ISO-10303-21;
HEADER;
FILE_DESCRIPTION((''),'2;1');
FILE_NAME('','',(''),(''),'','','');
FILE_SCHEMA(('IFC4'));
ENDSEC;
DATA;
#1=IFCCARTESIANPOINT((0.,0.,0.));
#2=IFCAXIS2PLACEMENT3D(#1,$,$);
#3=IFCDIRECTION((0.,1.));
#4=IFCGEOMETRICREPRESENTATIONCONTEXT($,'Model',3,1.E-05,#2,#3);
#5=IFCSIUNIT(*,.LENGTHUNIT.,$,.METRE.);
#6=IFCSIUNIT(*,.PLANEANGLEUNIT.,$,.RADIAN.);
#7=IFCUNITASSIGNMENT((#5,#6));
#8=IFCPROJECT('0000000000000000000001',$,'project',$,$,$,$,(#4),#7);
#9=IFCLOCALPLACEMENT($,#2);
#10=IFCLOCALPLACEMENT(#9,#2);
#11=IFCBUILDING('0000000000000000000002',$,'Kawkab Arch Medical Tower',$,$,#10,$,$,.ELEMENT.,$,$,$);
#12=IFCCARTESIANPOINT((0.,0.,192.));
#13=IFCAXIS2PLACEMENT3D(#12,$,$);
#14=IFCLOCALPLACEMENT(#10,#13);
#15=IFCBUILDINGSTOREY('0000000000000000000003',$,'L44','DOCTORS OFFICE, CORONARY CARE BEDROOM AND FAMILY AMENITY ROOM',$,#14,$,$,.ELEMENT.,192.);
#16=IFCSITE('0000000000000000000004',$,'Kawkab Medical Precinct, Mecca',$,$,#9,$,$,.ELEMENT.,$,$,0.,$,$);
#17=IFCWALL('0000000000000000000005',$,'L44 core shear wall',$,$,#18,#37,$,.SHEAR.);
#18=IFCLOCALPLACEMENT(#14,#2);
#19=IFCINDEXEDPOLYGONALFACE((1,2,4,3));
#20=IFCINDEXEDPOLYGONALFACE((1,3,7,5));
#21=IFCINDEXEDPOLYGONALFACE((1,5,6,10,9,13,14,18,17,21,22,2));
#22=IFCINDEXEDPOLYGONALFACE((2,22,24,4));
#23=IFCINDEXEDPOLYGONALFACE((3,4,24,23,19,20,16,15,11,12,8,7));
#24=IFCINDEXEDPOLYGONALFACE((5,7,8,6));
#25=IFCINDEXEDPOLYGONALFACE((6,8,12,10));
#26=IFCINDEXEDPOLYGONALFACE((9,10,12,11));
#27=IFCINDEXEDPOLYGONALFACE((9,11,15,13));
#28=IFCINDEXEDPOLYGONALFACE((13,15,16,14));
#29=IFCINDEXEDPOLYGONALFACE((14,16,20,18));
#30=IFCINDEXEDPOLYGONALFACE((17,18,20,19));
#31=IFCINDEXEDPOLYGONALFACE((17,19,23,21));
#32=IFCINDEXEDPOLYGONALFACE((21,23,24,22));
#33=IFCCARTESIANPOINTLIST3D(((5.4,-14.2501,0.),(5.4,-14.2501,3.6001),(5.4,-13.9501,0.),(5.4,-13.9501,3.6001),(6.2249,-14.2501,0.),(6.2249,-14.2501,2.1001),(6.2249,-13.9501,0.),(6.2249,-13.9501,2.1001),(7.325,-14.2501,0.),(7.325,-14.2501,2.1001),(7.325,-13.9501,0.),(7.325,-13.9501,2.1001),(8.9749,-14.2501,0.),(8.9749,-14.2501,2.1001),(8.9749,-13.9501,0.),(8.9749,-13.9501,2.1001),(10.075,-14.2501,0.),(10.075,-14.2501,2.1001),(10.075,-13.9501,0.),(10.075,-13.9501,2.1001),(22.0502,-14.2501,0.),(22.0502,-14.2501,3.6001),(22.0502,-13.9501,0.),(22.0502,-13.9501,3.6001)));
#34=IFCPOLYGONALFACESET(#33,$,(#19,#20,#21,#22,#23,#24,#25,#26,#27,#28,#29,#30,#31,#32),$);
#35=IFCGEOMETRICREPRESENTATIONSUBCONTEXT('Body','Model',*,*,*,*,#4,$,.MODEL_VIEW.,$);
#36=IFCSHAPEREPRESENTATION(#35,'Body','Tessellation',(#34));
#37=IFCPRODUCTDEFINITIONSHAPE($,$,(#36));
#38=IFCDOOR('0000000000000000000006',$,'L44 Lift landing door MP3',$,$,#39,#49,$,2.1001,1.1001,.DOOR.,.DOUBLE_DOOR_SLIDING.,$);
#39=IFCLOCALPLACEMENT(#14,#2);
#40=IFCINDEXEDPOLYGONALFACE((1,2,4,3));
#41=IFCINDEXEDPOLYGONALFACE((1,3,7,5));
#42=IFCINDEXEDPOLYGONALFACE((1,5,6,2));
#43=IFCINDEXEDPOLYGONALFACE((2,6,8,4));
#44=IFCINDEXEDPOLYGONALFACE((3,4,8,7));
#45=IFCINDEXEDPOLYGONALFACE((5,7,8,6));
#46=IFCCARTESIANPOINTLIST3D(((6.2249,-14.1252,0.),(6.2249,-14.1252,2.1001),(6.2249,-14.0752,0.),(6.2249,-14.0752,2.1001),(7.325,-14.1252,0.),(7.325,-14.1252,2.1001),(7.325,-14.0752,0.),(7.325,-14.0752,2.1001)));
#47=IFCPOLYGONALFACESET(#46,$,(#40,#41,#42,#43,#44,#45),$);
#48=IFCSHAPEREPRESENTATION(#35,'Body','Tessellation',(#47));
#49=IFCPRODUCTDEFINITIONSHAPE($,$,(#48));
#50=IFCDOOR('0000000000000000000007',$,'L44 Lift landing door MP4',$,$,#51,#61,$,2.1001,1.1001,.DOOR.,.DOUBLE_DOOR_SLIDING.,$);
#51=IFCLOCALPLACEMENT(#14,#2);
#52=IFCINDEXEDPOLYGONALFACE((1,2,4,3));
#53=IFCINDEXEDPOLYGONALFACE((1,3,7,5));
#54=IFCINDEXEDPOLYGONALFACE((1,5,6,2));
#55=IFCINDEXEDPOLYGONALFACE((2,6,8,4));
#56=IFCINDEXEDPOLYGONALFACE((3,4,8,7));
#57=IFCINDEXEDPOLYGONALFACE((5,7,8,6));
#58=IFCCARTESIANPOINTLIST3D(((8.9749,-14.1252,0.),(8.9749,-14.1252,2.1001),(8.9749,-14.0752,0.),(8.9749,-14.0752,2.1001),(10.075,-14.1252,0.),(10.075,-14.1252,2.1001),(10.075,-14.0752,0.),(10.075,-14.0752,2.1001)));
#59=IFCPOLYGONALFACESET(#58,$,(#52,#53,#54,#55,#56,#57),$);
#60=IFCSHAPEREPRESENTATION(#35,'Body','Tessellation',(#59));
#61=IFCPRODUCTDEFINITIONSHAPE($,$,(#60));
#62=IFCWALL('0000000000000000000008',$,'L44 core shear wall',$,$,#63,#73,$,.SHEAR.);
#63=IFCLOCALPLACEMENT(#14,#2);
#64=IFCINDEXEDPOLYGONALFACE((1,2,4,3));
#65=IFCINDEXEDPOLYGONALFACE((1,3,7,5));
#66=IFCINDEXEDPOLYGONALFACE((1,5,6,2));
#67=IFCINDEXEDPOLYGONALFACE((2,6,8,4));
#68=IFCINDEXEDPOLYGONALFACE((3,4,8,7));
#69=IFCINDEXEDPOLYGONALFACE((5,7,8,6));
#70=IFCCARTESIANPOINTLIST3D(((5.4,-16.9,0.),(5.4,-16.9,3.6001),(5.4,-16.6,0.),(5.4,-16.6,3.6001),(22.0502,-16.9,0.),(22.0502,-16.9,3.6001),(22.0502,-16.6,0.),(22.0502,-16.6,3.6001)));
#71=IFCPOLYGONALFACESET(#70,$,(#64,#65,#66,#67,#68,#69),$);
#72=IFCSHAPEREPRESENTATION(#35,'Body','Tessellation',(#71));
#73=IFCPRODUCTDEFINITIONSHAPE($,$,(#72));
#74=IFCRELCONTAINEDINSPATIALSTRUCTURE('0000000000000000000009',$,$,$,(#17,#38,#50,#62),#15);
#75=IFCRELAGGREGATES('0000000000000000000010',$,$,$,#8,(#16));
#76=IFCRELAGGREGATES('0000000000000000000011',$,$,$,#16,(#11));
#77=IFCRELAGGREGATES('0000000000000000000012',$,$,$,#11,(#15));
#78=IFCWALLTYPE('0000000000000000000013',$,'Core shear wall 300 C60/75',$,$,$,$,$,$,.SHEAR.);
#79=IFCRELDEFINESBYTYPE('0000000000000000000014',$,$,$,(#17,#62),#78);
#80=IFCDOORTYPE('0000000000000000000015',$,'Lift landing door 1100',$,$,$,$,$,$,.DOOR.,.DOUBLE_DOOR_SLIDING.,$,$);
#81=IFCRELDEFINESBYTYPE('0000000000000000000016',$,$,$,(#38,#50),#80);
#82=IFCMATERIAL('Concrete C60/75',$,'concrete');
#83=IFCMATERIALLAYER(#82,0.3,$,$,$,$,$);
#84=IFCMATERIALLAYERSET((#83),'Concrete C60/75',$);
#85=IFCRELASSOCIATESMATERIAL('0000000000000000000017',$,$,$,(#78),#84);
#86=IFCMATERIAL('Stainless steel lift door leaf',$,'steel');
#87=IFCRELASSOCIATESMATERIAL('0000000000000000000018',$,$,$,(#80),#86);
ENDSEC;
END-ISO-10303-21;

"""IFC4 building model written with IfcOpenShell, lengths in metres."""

from ifc_helpers import new_model, si_unit, direction, frame, frame_2d, origin, place, context, subcontext, project, spatial, rectangle, extrude, material, layer, layer_set, type_object, element, fill, save


model = new_model("IFC4")

# Units and contexts
model_context = context("Model", 3, precision=1e-05, world=origin(), true_north=direction((0.0, 1.0)))
body_context = subcontext(model_context, "Body", "Model", "MODEL_VIEW")
ifc_project = project(units=[si_unit("LENGTHUNIT", "METRE"), si_unit("PLANEANGLEUNIT", "RADIAN")], contexts=[model_context])

# Site, building, storey
site_placement = place(None, origin())
site = spatial("IfcSite", under=ifc_project, at=site_placement, Name="Kawkab Medical Precinct, Mecca", CompositionType="ELEMENT", RefElevation=0.0)
building_placement = place(site_placement, origin())
building = spatial("IfcBuilding", under=site, at=building_placement, Name="Kawkab Arch Medical Tower", CompositionType="ELEMENT")
storey_placement = place(building_placement, frame((0.0, 0.0, 192.0)))
storey = spatial("IfcBuildingStorey", under=building, at=storey_placement, Name="L44", Description="DOCTORS OFFICE, CORONARY CARE BEDROOM AND FAMILY AMENITY ROOM", CompositionType="ELEMENT", Elevation=192.0)

# Shared definitions
ifc_material_1 = material(Name="Concrete C60/75", Category="concrete")
ifc_layer_1 = layer(ifc_material_1, 0.3)
ifc_layer_set_1 = layer_set([ifc_layer_1], Name="Concrete C60/75")
wall_type_1 = type_object("IfcWallType", Name="Core shear wall 300 C60/75", PredefinedType="SHEAR", material=ifc_layer_set_1)

# Wall, openings, doors
ifc_material_2 = material(Name="Stainless steel lift door leaf", Category="steel")
door_type_1 = type_object("IfcDoorType", Name="Lift landing door 1100", OperationType="DOUBLE_DOOR_SLIDING", PredefinedType="DOOR", material=ifc_material_2)
wall_1_placement = place(storey_placement, frame((5.3999, -14.1001, 0.0), z_axis=(0.0, 0.0, 1.0), x_axis=(1.0, 0.0, 0.0)))
wall_1 = element("IfcWall", 1, at=wall_1_placement, inside=storey, type_object=wall_type_1, Name="L44 core shear wall", PredefinedType="SHEAR", context=body_context, shape_type="SweptSolid", body=[
    extrude(rectangle(XDim=16.6501, YDim=0.3, at=frame_2d((8.3252, 0.0))), origin(), (0.0, 0.0, 1.0), 3.6001),
])
opening_1_placement = place(wall_1_placement, frame((0.825, 0.0, 0.0)))
opening_1 = element("IfcOpeningElement", 2, at=opening_1_placement, cuts=wall_1, PredefinedType="OPENING", context=body_context, shape_type="SweptSolid", body=[
    extrude(rectangle(XDim=1.1001, YDim=2.1001, at=frame_2d((0.55, 1.05))), frame((0.0, 0.1599, 0.0), z_axis=(0.0, -1.0, 0.0), x_axis=(1.0, 0.0, 0.0)), (0.0, 0.0, 1.0), 0.3201),
])
opening_2_placement = place(wall_1_placement, frame((3.575, 0.0, 0.0)))
opening_2 = element("IfcOpeningElement", 3, at=opening_2_placement, cuts=wall_1, PredefinedType="OPENING", context=body_context, shape_type="SweptSolid", body=[
    extrude(rectangle(XDim=1.1001, YDim=2.1001, at=frame_2d((0.55, 1.05))), frame((0.0, 0.1599, 0.0), z_axis=(0.0, -1.0, 0.0), x_axis=(1.0, 0.0, 0.0)), (0.0, 0.0, 1.0), 0.3201),
])
door_1_placement = place(opening_1_placement, origin())
door_1 = element("IfcDoor", 4, at=door_1_placement, inside=storey, type_object=door_type_1, Name="L44 Lift landing door MP3", OperationType="DOUBLE_DOOR_SLIDING", OverallHeight=2.1001, OverallWidth=1.1001, PredefinedType="DOOR", context=body_context, shape_type="SweptSolid", body=[
    extrude(rectangle(XDim=1.1001, YDim=2.1001, at=frame_2d((0.55, 1.05))), frame((0.0, 0.0249, 0.0), z_axis=(0.0, -1.0, 0.0), x_axis=(1.0, 0.0, 0.0)), (0.0, 0.0, 1.0), 0.05),
])
fill(opening_1, door_1)
door_2_placement = place(opening_2_placement, origin())
door_2 = element("IfcDoor", 5, at=door_2_placement, inside=storey, type_object=door_type_1, Name="L44 Lift landing door MP4", OperationType="DOUBLE_DOOR_SLIDING", OverallHeight=2.1001, OverallWidth=1.1001, PredefinedType="DOOR", context=body_context, shape_type="SweptSolid", body=[
    extrude(rectangle(XDim=1.1001, YDim=2.1001, at=frame_2d((0.55, 1.05))), frame((0.0, 0.0249, 0.0), z_axis=(0.0, -1.0, 0.0), x_axis=(1.0, 0.0, 0.0)), (0.0, 0.0, 1.0), 0.05),
])
fill(opening_2, door_2)

# Wall
wall_2_placement = place(storey_placement, frame((5.3999, -16.75, 0.0), z_axis=(0.0, 0.0, 1.0), x_axis=(1.0, 0.0, 0.0)))
element("IfcWall", 6, at=wall_2_placement, inside=storey, type_object=wall_type_1, Name="L44 core shear wall", PredefinedType="SHEAR", context=body_context, shape_type="SweptSolid", body=[
    extrude(rectangle(XDim=16.6501, YDim=0.3, at=frame_2d((8.3252, 0.0))), origin(), (0.0, 0.0, 1.0), 3.6001),
])

save(model, "model.ifc")
